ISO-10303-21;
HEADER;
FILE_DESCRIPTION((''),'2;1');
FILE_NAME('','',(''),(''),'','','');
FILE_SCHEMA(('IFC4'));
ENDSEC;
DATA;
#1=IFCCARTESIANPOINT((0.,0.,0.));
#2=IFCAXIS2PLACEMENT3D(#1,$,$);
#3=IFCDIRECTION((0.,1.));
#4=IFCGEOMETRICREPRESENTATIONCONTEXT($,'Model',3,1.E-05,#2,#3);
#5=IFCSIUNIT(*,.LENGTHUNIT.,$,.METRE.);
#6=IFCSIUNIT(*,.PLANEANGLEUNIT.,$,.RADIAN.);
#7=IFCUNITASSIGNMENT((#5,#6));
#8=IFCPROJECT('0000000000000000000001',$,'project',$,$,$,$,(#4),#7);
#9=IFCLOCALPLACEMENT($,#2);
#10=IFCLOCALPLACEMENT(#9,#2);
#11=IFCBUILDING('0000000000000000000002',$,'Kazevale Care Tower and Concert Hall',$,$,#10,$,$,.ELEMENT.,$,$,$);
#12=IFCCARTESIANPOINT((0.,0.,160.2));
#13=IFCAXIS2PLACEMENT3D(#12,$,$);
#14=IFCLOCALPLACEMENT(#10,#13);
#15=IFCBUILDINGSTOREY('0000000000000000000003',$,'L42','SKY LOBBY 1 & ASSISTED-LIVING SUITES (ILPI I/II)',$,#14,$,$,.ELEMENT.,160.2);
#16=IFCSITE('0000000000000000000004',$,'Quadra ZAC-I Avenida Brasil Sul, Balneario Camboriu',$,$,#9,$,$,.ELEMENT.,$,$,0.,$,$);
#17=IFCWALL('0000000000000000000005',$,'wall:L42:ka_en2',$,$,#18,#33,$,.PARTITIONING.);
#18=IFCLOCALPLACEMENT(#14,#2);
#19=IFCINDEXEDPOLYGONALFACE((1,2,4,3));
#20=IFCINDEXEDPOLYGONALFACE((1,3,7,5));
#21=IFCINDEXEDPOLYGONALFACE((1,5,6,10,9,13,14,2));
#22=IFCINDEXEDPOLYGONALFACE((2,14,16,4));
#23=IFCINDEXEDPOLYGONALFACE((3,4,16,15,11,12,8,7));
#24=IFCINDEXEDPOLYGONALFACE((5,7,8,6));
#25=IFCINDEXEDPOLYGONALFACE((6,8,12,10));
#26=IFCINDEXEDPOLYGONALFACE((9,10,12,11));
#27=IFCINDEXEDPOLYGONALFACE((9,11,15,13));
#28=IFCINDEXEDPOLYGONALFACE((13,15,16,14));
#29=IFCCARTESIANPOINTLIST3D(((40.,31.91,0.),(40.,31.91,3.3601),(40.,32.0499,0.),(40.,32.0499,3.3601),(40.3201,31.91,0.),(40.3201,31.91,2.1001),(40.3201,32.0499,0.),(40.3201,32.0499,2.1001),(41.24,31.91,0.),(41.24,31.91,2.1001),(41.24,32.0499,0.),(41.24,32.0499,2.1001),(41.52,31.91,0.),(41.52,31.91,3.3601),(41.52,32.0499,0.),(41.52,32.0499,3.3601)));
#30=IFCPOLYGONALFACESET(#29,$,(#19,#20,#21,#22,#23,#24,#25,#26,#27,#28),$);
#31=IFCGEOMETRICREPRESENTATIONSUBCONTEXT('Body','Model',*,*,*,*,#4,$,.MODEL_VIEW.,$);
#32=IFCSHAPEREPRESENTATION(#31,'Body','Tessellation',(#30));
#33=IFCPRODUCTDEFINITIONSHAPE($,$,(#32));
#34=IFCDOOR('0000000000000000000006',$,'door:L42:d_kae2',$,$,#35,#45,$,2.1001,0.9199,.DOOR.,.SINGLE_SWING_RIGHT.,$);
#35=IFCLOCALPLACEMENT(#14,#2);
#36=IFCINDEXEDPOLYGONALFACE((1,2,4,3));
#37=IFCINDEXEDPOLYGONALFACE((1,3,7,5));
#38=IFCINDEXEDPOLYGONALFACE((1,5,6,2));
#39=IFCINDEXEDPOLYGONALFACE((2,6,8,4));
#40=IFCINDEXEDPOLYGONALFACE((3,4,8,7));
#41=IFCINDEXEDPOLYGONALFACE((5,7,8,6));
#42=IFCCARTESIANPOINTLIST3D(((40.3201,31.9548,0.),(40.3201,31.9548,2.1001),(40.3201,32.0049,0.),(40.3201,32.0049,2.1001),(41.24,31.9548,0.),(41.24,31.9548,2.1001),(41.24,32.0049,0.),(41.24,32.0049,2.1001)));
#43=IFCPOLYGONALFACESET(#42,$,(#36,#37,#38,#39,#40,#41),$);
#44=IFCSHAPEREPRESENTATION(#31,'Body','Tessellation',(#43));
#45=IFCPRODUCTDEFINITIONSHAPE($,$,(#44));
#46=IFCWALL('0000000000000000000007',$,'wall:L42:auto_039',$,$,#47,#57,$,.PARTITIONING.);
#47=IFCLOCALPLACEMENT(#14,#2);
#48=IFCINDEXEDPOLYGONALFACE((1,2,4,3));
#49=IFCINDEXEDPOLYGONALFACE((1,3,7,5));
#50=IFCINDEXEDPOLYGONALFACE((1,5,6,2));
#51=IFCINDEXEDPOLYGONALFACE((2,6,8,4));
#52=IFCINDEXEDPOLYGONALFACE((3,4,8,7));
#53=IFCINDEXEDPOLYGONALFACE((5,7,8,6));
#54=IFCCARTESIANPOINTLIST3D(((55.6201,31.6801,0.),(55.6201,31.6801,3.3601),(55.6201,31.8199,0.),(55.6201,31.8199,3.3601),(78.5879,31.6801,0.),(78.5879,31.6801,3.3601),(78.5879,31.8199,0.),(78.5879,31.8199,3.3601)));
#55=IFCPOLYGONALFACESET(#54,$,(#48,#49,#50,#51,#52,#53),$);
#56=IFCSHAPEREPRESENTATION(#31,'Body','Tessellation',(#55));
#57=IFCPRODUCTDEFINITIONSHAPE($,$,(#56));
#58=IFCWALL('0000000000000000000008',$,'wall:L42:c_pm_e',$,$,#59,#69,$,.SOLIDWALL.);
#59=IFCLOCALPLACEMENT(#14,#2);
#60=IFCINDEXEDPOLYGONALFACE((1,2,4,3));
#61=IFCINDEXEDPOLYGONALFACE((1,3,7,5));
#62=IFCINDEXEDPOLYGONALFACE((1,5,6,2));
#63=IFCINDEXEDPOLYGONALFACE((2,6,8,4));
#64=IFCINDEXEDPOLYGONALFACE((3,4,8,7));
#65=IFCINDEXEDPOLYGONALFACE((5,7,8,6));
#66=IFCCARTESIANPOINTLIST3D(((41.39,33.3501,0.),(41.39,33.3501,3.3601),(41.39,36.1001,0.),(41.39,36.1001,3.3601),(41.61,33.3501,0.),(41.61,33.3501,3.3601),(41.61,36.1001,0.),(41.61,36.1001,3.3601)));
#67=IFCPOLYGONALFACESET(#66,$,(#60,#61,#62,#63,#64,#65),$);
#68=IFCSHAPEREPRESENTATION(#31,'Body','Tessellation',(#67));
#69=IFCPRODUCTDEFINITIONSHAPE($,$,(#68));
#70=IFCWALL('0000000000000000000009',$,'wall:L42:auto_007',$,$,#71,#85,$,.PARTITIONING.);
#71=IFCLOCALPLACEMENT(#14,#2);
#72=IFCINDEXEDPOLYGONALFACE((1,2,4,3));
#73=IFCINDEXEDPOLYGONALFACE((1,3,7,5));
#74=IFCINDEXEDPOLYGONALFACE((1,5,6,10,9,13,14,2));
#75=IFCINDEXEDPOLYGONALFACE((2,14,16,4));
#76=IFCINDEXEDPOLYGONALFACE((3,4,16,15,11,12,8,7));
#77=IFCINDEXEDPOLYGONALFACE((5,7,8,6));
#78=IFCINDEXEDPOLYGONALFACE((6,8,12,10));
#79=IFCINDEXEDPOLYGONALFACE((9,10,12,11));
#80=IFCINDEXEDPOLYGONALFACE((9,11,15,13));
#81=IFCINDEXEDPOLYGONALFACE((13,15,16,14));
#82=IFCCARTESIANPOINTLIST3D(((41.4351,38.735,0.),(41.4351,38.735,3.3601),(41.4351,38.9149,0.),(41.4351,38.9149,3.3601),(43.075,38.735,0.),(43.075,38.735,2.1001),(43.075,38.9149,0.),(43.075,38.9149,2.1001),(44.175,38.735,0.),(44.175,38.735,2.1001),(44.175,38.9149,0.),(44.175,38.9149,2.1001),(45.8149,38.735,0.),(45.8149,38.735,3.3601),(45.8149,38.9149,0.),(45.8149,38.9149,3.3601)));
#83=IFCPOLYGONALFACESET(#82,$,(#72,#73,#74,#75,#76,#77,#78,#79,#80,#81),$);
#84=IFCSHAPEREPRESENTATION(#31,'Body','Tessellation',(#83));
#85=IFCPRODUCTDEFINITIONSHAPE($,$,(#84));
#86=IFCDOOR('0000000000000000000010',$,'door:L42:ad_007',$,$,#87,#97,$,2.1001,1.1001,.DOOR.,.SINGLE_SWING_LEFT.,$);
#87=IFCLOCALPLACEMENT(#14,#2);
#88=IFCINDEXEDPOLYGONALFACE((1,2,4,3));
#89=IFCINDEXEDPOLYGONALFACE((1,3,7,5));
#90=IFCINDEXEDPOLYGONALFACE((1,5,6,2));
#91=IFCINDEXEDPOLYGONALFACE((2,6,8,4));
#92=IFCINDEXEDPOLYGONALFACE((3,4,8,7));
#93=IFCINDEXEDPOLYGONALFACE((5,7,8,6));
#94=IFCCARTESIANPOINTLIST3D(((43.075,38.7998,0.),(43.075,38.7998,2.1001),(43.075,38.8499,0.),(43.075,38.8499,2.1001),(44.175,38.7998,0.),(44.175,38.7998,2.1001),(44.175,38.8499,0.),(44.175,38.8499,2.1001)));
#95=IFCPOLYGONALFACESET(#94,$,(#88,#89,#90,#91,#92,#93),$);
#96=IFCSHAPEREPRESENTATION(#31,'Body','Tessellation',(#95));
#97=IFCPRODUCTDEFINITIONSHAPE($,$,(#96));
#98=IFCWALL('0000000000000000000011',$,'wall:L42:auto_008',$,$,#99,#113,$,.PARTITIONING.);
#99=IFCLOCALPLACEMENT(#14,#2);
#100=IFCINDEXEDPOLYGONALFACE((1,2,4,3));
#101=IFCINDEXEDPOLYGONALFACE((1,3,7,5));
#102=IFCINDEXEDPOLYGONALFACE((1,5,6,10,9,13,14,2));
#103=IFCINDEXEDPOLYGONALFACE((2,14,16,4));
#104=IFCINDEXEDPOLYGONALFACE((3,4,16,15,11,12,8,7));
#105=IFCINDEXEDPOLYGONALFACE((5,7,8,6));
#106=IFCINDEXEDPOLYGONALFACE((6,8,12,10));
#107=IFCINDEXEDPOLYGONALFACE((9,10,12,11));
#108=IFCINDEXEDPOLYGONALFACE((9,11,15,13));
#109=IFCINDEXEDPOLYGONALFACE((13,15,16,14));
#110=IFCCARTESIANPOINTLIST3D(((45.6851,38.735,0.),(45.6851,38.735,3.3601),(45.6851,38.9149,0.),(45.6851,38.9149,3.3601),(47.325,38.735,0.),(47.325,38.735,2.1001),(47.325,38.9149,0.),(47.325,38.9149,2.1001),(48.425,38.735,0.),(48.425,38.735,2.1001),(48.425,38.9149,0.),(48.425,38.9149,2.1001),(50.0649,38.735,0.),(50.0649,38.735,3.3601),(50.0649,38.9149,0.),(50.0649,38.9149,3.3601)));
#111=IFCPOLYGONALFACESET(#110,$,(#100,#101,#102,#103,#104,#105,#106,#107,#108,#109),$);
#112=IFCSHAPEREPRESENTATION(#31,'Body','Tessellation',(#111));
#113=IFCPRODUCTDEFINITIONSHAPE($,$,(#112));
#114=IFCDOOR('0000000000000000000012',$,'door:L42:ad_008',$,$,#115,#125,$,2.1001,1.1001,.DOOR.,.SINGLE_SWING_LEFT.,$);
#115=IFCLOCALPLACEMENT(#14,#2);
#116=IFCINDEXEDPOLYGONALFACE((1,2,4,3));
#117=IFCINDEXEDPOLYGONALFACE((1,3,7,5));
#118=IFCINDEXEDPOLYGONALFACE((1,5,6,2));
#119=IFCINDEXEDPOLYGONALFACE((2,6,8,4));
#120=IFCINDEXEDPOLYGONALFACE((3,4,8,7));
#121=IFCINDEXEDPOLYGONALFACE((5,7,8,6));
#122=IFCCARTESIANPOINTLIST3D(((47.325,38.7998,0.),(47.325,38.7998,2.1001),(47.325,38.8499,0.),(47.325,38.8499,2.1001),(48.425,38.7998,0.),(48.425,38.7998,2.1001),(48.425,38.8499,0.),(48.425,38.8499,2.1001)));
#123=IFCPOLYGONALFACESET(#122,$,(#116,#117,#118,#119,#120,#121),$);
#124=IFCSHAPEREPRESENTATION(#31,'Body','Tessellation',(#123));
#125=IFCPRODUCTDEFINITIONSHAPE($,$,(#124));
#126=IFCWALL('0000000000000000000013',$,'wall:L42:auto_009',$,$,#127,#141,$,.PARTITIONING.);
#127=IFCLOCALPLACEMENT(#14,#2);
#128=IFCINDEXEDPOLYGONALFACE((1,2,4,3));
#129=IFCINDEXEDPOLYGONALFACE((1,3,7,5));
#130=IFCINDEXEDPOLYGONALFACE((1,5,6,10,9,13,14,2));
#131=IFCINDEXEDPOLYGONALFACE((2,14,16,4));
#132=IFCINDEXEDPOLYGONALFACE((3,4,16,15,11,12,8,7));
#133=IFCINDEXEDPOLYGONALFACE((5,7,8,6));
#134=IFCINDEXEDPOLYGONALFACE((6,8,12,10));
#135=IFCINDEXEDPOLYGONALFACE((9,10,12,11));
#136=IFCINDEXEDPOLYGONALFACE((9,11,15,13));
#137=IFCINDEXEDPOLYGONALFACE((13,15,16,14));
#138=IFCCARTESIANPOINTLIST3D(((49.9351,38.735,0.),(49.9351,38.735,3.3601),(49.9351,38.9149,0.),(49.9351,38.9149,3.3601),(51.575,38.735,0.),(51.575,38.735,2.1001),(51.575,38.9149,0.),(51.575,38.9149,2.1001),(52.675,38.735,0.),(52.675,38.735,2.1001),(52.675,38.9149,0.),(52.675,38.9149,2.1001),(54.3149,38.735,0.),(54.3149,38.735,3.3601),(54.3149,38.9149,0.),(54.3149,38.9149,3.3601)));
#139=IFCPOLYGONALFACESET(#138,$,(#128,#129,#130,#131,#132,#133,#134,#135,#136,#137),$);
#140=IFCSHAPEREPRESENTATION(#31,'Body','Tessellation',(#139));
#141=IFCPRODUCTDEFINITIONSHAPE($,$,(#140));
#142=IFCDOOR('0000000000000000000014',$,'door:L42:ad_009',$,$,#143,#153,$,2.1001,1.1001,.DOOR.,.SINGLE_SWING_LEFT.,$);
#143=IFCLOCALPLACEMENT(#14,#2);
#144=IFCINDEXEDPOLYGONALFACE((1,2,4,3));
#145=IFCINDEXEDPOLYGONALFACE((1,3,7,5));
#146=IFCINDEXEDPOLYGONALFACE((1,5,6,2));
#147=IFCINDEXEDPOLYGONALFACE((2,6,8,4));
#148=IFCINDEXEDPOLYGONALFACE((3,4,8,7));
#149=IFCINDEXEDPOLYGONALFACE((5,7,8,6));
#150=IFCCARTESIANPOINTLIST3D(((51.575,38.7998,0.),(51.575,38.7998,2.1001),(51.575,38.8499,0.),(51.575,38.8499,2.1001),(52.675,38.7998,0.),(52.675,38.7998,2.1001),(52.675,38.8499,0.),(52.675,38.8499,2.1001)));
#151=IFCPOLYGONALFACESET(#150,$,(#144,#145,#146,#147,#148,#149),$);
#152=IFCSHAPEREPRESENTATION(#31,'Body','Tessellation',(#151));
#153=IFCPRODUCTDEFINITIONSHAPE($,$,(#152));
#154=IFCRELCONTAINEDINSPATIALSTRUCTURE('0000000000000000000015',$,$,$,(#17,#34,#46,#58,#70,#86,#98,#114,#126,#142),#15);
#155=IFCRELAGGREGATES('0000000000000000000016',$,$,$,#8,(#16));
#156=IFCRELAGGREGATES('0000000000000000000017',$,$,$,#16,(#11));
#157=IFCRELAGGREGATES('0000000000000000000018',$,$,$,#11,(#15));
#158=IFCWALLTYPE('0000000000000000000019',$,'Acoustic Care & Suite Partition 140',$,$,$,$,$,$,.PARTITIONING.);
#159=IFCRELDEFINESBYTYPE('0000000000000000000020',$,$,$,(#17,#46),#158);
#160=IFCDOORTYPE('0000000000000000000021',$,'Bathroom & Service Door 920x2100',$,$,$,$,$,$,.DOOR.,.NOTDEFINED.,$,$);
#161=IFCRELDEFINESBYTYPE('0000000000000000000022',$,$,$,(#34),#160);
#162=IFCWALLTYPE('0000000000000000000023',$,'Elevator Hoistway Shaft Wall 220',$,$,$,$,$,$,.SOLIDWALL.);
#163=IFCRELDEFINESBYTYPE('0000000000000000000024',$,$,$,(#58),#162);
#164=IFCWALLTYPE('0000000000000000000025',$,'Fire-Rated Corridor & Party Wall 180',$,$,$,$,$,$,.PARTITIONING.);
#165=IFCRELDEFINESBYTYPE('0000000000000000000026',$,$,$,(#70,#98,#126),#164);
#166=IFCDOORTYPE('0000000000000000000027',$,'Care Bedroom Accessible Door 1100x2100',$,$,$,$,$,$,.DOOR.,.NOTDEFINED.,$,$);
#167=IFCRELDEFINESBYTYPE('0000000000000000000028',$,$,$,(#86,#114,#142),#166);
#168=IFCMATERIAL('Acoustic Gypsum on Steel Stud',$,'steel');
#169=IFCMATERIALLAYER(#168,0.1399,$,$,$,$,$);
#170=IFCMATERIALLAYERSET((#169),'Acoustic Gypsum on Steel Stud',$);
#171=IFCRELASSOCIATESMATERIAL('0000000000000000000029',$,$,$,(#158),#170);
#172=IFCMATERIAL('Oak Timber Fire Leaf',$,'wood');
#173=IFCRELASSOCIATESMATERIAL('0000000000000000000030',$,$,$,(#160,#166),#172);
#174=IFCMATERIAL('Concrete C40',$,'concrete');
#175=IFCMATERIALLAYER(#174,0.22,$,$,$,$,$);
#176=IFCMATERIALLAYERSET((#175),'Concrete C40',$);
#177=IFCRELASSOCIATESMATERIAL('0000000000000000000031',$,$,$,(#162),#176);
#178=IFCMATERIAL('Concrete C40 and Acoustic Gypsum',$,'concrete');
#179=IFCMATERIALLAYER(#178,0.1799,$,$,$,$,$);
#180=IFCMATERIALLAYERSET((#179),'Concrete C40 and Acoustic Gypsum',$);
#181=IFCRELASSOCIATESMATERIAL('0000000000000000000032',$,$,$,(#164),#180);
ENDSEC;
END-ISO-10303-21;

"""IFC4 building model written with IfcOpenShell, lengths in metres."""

from ifc_helpers import new_model, si_unit, direction, frame, frame_2d, origin, place, context, subcontext, project, spatial, rectangle, extrude, material, layer, layer_set, type_object, element, fill, save


model = new_model("IFC4")

# Units and contexts
model_context = context("Model", 3, precision=1e-05, world=origin(), true_north=direction((0.0, 1.0)))
body_context = subcontext(model_context, "Body", "Model", "MODEL_VIEW")
ifc_project = project(units=[si_unit("LENGTHUNIT", "METRE"), si_unit("PLANEANGLEUNIT", "RADIAN")], contexts=[model_context])

# Site, building, storey
site_placement = place(None, origin())
site = spatial("IfcSite", under=ifc_project, at=site_placement, Name="Quadra ZAC-I Avenida Brasil Sul, Balneario Camboriu", CompositionType="ELEMENT", RefElevation=0.0)
building_placement = place(site_placement, origin())
building = spatial("IfcBuilding", under=site, at=building_placement, Name="Kazevale Care Tower and Concert Hall", CompositionType="ELEMENT")
storey_placement = place(building_placement, frame((0.0, 0.0, 160.2)))
storey = spatial("IfcBuildingStorey", under=building, at=storey_placement, Name="L42", Description="SKY LOBBY 1 & ASSISTED-LIVING SUITES (ILPI I/II)", CompositionType="ELEMENT", Elevation=160.2)

# Wall, opening, door
ifc_material_1 = material(Name="Acoustic Gypsum on Steel Stud", Category="steel")
ifc_layer_1 = layer(ifc_material_1, 0.1399)
ifc_layer_set_1 = layer_set([ifc_layer_1], Name="Acoustic Gypsum on Steel Stud")
wall_type_1 = type_object("IfcWallType", Name="Acoustic Care & Suite Partition 140", PredefinedType="PARTITIONING", material=ifc_layer_set_1)
wall_1_placement = place(storey_placement, frame((40.0, 31.98, 0.0), z_axis=(0.0, 0.0, 1.0), x_axis=(1.0, 0.0, 0.0)))
wall_1 = element("IfcWall", 1, at=wall_1_placement, inside=storey, type_object=wall_type_1, Name="wall:L42:ka_en2", PredefinedType="PARTITIONING", context=body_context, shape_type="SweptSolid", body=[
    extrude(rectangle(XDim=1.52, YDim=0.1399, at=frame_2d((0.76, 0.0))), origin(), (0.0, 0.0, 1.0), 3.3601),
])
opening_1_placement = place(wall_1_placement, frame((0.3201, 0.0, 0.0)))
opening_1 = element("IfcOpeningElement", 2, at=opening_1_placement, cuts=wall_1, PredefinedType="OPENING", context=body_context, shape_type="SweptSolid", body=[
    extrude(rectangle(XDim=0.9199, YDim=2.1001, at=frame_2d((0.46, 1.05))), frame((0.0, 0.0798, 0.0), z_axis=(0.0, -1.0, 0.0), x_axis=(1.0, 0.0, 0.0)), (0.0, 0.0, 1.0), 0.1599),
])
ifc_material_2 = material(Name="Oak Timber Fire Leaf", Category="wood")
door_type_1 = type_object("IfcDoorType", Name="Bathroom & Service Door 920x2100", OperationType="NOTDEFINED", PredefinedType="DOOR", material=ifc_material_2)
door_1_placement = place(opening_1_placement, origin())
door_1 = element("IfcDoor", 3, at=door_1_placement, inside=storey, type_object=door_type_1, Name="door:L42:d_kae2", OperationType="SINGLE_SWING_RIGHT", OverallHeight=2.1001, OverallWidth=0.9199, PredefinedType="DOOR", context=body_context, shape_type="SweptSolid", body=[
    extrude(rectangle(XDim=0.9199, YDim=2.1001, at=frame_2d((0.46, 1.05))), frame((0.0, 0.0249, 0.0), z_axis=(0.0, -1.0, 0.0), x_axis=(1.0, 0.0, 0.0)), (0.0, 0.0, 1.0), 0.05),
])
fill(opening_1, door_1)

# Walls
wall_2_placement = place(storey_placement, frame((55.6201, 31.75, 0.0), z_axis=(0.0, 0.0, 1.0), x_axis=(1.0, 0.0, 0.0)))
element("IfcWall", 4, at=wall_2_placement, inside=storey, type_object=wall_type_1, Name="wall:L42:auto_039", PredefinedType="PARTITIONING", context=body_context, shape_type="SweptSolid", body=[
    extrude(rectangle(XDim=22.9678, YDim=0.1399, at=frame_2d((11.4839, 0.0))), origin(), (0.0, 0.0, 1.0), 3.3601),
])
ifc_material_3 = material(Name="Concrete C40", Category="concrete")
ifc_layer_2 = layer(ifc_material_3, 0.22)
ifc_layer_set_2 = layer_set([ifc_layer_2], Name="Concrete C40")
wall_type_2 = type_object("IfcWallType", Name="Elevator Hoistway Shaft Wall 220", PredefinedType="SOLIDWALL", material=ifc_layer_set_2)
wall_3_placement = place(storey_placement, frame((41.5, 33.3501, 0.0), z_axis=(0.0, 0.0, 1.0), x_axis=(0.0, 1.0, 0.0)))
element("IfcWall", 5, at=wall_3_placement, inside=storey, type_object=wall_type_2, Name="wall:L42:c_pm_e", PredefinedType="SOLIDWALL", context=body_context, shape_type="SweptSolid", body=[
    extrude(rectangle(XDim=2.75, YDim=0.22, at=frame_2d((1.375, 0.0))), origin(), (0.0, 0.0, 1.0), 3.3601),
])

# Walls, openings, doors
ifc_material_4 = material(Name="Concrete C40 and Acoustic Gypsum", Category="concrete")
ifc_layer_3 = layer(ifc_material_4, 0.1799)
ifc_layer_set_3 = layer_set([ifc_layer_3], Name="Concrete C40 and Acoustic Gypsum")
wall_type_3 = type_object("IfcWallType", Name="Fire-Rated Corridor & Party Wall 180", PredefinedType="PARTITIONING", material=ifc_layer_set_3)
wall_4_placement = place(storey_placement, frame((41.4351, 38.825, 0.0), z_axis=(0.0, 0.0, 1.0), x_axis=(1.0, 0.0, 0.0)))
wall_4 = element("IfcWall", 6, at=wall_4_placement, inside=storey, type_object=wall_type_3, Name="wall:L42:auto_007", PredefinedType="PARTITIONING", context=body_context, shape_type="SweptSolid", body=[
    extrude(rectangle(XDim=4.3799, YDim=0.1799, at=frame_2d((2.1899, 0.0))), origin(), (0.0, 0.0, 1.0), 3.3601),
])
opening_2_placement = place(wall_4_placement, frame((1.6399, 0.0, 0.0)))
opening_2 = element("IfcOpeningElement", 7, at=opening_2_placement, cuts=wall_4, PredefinedType="OPENING", context=body_context, shape_type="SweptSolid", body=[
    extrude(rectangle(XDim=1.1001, YDim=2.1001, at=frame_2d((0.55, 1.05))), frame((0.0, 0.0999, 0.0), z_axis=(0.0, -1.0, 0.0), x_axis=(1.0, 0.0, 0.0)), (0.0, 0.0, 1.0), 0.2),
])
door_type_2 = type_object("IfcDoorType", Name="Care Bedroom Accessible Door 1100x2100", OperationType="NOTDEFINED", PredefinedType="DOOR", material=ifc_material_2)
door_2_placement = place(opening_2_placement, origin())
door_2 = element("IfcDoor", 8, at=door_2_placement, inside=storey, type_object=door_type_2, Name="door:L42:ad_007", OperationType="SINGLE_SWING_LEFT", OverallHeight=2.1001, OverallWidth=1.1001, PredefinedType="DOOR", context=body_context, shape_type="SweptSolid", body=[
    extrude(rectangle(XDim=1.1001, YDim=2.1001, at=frame_2d((0.55, 1.05))), frame((0.0, 0.0249, 0.0), z_axis=(0.0, -1.0, 0.0), x_axis=(1.0, 0.0, 0.0)), (0.0, 0.0, 1.0), 0.05),
])
fill(opening_2, door_2)
wall_5_placement = place(storey_placement, frame((45.6851, 38.825, 0.0), z_axis=(0.0, 0.0, 1.0), x_axis=(1.0, 0.0, 0.0)))
wall_5 = element("IfcWall", 9, at=wall_5_placement, inside=storey, type_object=wall_type_3, Name="wall:L42:auto_008", PredefinedType="PARTITIONING", context=body_context, shape_type="SweptSolid", body=[
    extrude(rectangle(XDim=4.3799, YDim=0.1799, at=frame_2d((2.1899, 0.0))), origin(), (0.0, 0.0, 1.0), 3.3601),
])
opening_3_placement = place(wall_5_placement, frame((1.6399, 0.0, 0.0)))
opening_3 = element("IfcOpeningElement", 10, at=opening_3_placement, cuts=wall_5, PredefinedType="OPENING", context=body_context, shape_type="SweptSolid", body=[
    extrude(rectangle(XDim=1.1001, YDim=2.1001, at=frame_2d((0.55, 1.05))), frame((0.0, 0.0999, 0.0), z_axis=(0.0, -1.0, 0.0), x_axis=(1.0, 0.0, 0.0)), (0.0, 0.0, 1.0), 0.2),
])
door_3_placement = place(opening_3_placement, origin())
door_3 = element("IfcDoor", 11, at=door_3_placement, inside=storey, type_object=door_type_2, Name="door:L42:ad_008", OperationType="SINGLE_SWING_LEFT", OverallHeight=2.1001, OverallWidth=1.1001, PredefinedType="DOOR", context=body_context, shape_type="SweptSolid", body=[
    extrude(rectangle(XDim=1.1001, YDim=2.1001, at=frame_2d((0.55, 1.05))), frame((0.0, 0.0249, 0.0), z_axis=(0.0, -1.0, 0.0), x_axis=(1.0, 0.0, 0.0)), (0.0, 0.0, 1.0), 0.05),
])
fill(opening_3, door_3)
wall_6_placement = place(storey_placement, frame((49.9351, 38.825, 0.0), z_axis=(0.0, 0.0, 1.0), x_axis=(1.0, 0.0, 0.0)))
wall_6 = element("IfcWall", 12, at=wall_6_placement, inside=storey, type_object=wall_type_3, Name="wall:L42:auto_009", PredefinedType="PARTITIONING", context=body_context, shape_type="SweptSolid", body=[
    extrude(rectangle(XDim=4.3799, YDim=0.1799, at=frame_2d((2.1899, 0.0))), origin(), (0.0, 0.0, 1.0), 3.3601),
])
opening_4_placement = place(wall_6_placement, frame((1.6399, 0.0, 0.0)))
opening_4 = element("IfcOpeningElement", 13, at=opening_4_placement, cuts=wall_6, PredefinedType="OPENING", context=body_context, shape_type="SweptSolid", body=[
    extrude(rectangle(XDim=1.1001, YDim=2.1001, at=frame_2d((0.55, 1.05))), frame((0.0, 0.0999, 0.0), z_axis=(0.0, -1.0, 0.0), x_axis=(1.0, 0.0, 0.0)), (0.0, 0.0, 1.0), 0.2),
])
door_4_placement = place(opening_4_placement, origin())
door_4 = element("IfcDoor", 14, at=door_4_placement, inside=storey, type_object=door_type_2, Name="door:L42:ad_009", OperationType="SINGLE_SWING_LEFT", OverallHeight=2.1001, OverallWidth=1.1001, PredefinedType="DOOR", context=body_context, shape_type="SweptSolid", body=[
    extrude(rectangle(XDim=1.1001, YDim=2.1001, at=frame_2d((0.55, 1.05))), frame((0.0, 0.0249, 0.0), z_axis=(0.0, -1.0, 0.0), x_axis=(1.0, 0.0, 0.0)), (0.0, 0.0, 1.0), 0.05),
])
fill(opening_4, door_4)

save(model, "model.ifc")
